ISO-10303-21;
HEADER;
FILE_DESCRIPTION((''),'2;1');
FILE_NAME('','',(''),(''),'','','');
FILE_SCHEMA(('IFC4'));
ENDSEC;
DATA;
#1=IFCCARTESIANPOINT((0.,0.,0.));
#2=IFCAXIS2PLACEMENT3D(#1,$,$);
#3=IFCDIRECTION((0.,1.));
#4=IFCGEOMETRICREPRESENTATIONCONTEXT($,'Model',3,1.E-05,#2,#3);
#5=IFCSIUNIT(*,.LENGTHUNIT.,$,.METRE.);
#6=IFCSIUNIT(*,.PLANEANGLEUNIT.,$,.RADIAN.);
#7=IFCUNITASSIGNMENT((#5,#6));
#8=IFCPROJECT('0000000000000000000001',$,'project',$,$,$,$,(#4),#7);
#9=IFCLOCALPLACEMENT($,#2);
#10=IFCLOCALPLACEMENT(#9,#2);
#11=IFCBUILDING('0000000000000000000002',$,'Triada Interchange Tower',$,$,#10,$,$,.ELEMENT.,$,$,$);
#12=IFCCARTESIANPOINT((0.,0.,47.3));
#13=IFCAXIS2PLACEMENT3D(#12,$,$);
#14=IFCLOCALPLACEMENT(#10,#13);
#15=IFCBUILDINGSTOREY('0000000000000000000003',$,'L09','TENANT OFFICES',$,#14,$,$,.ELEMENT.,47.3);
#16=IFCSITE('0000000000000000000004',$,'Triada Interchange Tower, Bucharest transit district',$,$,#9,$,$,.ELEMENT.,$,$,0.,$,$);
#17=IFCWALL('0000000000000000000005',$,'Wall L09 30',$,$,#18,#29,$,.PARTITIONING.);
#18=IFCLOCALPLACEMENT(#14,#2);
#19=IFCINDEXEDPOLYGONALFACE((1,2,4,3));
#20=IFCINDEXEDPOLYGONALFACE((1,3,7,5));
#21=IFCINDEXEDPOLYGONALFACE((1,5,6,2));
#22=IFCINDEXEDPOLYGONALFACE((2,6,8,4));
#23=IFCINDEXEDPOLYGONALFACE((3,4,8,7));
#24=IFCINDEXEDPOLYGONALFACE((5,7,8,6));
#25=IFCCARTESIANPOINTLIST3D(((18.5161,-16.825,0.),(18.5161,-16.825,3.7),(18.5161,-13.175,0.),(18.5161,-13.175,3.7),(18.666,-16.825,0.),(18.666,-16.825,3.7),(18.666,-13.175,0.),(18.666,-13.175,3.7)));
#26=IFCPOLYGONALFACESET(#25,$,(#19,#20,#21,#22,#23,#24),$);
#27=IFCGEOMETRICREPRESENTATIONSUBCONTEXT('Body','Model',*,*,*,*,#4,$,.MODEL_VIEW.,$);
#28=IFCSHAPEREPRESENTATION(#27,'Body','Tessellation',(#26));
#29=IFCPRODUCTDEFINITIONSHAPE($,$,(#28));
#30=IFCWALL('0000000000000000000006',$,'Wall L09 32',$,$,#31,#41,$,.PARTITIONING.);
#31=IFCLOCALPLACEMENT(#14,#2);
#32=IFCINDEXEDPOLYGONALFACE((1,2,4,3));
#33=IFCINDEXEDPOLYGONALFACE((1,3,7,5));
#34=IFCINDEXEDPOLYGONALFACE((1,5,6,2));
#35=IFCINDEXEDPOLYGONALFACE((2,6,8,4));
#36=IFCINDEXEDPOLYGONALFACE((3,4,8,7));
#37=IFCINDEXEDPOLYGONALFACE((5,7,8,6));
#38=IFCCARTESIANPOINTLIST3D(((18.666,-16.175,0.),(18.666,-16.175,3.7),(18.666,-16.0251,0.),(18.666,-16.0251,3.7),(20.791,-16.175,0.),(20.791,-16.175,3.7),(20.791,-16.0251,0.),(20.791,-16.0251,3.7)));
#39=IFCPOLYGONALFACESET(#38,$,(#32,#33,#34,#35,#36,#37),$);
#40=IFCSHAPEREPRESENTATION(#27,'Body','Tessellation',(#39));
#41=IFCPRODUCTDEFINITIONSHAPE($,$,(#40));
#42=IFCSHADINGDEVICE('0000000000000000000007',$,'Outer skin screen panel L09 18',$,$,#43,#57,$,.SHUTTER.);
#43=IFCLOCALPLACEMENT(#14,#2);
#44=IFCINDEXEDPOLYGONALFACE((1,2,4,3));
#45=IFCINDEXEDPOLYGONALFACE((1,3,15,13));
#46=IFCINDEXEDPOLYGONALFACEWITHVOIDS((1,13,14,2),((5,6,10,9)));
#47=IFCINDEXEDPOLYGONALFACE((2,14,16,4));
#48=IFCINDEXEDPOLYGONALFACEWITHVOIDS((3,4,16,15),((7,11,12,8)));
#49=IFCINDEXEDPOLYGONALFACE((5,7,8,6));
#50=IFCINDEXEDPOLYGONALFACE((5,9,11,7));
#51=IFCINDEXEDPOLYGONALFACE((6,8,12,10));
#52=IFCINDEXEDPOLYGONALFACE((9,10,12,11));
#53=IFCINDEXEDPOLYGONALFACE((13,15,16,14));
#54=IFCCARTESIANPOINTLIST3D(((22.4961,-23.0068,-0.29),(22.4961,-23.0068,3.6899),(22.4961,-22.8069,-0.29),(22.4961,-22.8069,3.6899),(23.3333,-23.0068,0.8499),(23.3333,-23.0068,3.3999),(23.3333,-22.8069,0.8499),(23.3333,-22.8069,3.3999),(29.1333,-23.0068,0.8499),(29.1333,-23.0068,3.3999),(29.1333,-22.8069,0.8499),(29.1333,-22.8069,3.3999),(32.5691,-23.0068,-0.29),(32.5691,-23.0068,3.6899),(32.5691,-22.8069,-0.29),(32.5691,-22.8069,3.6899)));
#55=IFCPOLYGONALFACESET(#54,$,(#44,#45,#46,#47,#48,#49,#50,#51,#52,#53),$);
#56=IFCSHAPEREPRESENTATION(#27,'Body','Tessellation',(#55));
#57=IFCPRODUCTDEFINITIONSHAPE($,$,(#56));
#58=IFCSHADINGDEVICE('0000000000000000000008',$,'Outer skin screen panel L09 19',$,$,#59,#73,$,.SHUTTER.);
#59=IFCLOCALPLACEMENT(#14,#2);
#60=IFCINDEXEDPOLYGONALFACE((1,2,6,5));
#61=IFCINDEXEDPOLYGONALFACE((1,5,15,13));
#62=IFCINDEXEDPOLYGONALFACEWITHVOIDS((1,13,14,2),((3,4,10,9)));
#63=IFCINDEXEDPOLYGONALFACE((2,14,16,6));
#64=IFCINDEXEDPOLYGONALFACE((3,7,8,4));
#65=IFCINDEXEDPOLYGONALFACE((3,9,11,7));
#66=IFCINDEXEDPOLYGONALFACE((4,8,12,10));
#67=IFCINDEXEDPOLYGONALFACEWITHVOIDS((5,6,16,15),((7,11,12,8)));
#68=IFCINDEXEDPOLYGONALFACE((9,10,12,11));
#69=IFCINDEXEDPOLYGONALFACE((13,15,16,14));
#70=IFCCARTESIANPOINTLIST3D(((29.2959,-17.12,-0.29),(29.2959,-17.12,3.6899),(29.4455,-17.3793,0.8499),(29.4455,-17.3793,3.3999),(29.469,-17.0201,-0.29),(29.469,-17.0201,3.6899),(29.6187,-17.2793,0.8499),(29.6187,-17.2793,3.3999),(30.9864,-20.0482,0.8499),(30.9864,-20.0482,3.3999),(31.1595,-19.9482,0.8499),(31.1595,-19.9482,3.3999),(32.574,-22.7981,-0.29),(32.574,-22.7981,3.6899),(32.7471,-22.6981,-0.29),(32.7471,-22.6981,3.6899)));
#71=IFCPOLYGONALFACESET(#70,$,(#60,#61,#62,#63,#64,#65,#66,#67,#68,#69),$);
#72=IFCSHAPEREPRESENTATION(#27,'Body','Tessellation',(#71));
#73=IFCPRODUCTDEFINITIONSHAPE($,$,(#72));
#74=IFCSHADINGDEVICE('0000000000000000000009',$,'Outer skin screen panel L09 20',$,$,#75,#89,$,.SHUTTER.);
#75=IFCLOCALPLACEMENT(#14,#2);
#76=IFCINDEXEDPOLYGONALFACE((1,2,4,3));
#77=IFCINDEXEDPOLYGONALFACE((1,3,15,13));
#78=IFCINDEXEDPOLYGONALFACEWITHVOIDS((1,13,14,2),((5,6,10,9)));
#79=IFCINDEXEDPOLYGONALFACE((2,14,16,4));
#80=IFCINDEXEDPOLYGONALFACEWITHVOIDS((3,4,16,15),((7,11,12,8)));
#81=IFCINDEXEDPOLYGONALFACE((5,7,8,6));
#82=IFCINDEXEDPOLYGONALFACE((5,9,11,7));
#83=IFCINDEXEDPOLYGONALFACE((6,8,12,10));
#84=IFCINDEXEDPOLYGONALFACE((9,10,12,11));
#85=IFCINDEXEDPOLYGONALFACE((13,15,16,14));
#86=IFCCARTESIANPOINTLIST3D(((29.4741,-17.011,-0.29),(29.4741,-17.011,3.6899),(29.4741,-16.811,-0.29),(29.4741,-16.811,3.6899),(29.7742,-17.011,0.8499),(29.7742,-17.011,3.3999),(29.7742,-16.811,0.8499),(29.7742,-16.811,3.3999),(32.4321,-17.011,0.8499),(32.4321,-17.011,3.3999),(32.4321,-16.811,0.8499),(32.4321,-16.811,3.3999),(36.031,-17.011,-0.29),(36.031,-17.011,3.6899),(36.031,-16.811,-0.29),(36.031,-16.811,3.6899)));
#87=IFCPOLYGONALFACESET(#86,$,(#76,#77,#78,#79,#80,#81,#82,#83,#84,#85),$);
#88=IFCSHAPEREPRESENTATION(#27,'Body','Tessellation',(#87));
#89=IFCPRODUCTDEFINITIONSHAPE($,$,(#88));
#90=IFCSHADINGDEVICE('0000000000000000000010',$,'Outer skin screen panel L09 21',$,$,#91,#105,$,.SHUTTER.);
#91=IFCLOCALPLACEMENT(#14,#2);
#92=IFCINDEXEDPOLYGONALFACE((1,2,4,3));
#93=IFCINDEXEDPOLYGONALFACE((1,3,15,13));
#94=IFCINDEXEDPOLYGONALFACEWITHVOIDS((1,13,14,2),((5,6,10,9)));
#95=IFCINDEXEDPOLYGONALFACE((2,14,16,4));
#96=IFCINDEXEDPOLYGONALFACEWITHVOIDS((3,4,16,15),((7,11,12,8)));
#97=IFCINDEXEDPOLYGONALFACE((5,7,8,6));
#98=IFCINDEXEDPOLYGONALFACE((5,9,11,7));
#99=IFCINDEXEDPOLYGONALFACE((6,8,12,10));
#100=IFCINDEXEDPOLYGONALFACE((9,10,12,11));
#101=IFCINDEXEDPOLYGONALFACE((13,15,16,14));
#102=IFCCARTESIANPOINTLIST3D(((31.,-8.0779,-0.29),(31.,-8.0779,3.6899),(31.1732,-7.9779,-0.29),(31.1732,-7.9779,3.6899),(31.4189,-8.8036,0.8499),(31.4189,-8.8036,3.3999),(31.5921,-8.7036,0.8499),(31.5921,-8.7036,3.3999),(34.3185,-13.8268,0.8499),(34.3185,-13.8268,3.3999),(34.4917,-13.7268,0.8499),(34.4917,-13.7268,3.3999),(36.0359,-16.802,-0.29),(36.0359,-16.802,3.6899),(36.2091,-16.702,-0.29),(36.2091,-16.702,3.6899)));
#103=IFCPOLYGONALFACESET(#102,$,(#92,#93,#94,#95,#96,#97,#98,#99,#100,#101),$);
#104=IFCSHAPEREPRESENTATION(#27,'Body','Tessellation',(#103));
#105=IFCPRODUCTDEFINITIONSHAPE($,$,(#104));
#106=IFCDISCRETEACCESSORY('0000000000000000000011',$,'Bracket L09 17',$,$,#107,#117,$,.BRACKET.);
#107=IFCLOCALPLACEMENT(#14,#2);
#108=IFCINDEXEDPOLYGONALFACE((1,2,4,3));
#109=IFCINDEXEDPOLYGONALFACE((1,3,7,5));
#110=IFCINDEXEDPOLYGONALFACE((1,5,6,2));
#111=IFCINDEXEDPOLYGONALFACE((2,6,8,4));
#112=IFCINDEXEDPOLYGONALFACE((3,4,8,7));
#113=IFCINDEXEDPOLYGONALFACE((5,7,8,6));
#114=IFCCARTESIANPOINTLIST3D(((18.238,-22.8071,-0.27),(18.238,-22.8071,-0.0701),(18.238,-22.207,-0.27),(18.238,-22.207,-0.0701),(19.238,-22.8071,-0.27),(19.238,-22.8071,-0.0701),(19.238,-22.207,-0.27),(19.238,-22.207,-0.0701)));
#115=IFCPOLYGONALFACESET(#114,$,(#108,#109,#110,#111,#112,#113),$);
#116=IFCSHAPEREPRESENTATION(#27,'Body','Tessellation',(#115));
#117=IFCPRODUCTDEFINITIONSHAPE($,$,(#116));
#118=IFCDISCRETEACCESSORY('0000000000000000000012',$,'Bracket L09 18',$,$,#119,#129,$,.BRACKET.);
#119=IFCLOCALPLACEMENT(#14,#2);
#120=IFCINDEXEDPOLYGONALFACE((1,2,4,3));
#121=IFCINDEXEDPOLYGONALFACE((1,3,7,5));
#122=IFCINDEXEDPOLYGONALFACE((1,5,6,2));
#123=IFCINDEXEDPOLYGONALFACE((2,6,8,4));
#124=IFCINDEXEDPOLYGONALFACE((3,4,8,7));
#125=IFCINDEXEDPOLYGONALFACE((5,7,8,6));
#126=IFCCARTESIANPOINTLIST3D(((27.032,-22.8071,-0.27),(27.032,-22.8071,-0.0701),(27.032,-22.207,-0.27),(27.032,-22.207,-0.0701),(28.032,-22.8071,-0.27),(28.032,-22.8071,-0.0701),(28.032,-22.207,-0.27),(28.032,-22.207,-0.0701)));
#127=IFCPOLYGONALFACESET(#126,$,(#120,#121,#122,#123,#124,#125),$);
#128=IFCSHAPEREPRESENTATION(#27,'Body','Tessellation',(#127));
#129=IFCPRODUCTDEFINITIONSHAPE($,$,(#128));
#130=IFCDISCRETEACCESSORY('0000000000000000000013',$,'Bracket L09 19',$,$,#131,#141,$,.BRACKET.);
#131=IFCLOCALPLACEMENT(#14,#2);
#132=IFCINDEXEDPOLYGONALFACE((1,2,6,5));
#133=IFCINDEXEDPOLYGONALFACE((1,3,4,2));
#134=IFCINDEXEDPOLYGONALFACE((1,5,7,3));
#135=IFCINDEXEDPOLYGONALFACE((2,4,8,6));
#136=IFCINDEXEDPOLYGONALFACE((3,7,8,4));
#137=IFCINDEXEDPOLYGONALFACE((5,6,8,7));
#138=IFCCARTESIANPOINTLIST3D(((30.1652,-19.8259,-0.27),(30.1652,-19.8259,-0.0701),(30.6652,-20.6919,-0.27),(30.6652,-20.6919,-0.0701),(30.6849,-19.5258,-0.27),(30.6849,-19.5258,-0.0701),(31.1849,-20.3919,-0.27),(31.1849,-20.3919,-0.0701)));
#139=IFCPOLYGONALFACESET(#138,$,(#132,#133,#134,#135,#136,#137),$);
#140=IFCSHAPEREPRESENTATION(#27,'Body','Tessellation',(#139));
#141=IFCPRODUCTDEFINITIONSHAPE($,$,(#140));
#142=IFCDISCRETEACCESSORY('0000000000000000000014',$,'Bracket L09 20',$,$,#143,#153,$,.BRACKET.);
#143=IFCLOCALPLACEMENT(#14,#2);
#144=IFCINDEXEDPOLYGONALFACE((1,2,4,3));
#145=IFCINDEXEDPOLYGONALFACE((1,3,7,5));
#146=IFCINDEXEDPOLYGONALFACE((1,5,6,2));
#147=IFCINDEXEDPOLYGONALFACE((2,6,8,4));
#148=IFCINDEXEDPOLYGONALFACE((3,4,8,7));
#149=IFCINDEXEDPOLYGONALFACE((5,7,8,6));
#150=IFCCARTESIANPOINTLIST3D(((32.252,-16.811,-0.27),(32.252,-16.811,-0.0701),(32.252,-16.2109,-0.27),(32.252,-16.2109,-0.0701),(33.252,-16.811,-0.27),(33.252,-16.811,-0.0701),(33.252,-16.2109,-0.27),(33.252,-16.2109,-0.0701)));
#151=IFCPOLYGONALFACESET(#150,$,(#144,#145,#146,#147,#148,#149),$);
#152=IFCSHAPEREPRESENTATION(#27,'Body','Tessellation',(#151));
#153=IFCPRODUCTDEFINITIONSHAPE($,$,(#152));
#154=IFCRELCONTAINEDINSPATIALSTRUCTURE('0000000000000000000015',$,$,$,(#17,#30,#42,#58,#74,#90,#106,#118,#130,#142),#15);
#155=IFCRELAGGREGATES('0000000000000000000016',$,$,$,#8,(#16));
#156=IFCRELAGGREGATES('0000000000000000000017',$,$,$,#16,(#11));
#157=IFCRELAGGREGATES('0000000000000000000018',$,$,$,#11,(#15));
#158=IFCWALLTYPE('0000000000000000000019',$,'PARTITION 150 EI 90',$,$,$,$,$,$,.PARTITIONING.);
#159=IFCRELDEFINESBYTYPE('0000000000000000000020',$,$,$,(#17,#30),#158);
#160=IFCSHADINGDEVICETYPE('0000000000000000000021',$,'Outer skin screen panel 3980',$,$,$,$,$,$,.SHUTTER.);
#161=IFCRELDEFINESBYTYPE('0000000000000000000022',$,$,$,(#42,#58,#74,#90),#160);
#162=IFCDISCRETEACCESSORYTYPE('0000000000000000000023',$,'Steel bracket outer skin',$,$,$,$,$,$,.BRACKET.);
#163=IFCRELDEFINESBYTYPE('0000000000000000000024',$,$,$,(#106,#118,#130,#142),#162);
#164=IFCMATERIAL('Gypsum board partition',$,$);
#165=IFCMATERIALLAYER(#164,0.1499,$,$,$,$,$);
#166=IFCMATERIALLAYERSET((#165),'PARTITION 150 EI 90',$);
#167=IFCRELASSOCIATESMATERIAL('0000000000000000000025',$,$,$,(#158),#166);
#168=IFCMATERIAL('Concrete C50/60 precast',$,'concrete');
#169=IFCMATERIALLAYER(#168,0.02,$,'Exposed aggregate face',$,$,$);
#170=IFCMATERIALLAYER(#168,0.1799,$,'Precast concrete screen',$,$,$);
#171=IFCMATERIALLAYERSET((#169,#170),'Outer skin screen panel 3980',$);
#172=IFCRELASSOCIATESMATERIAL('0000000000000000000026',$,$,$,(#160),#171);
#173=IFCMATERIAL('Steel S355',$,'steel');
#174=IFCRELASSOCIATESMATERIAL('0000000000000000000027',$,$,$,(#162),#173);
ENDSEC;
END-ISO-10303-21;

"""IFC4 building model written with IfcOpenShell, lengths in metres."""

from ifc_helpers import new_model, si_unit, direction, frame, frame_2d, origin, origin_2d, place, context, subcontext, project, spatial, polyline, rectangle, outline, extrude, material, layer, layer_set, type_object, element, save


model = new_model("IFC4")

# Units and contexts
model_context = context("Model", 3, precision=1e-05, world=origin(), true_north=direction((0.0, 1.0)))
body_context = subcontext(model_context, "Body", "Model", "MODEL_VIEW")
ifc_project = project(units=[si_unit("LENGTHUNIT", "METRE"), si_unit("PLANEANGLEUNIT", "RADIAN")], contexts=[model_context])

# Site, building, storey
site_placement = place(None, origin())
site = spatial("IfcSite", under=ifc_project, at=site_placement, Name="Triada Interchange Tower, Bucharest transit district", CompositionType="ELEMENT", RefElevation=0.0)
building_placement = place(site_placement, origin())
building = spatial("IfcBuilding", under=site, at=building_placement, Name="Triada Interchange Tower", CompositionType="ELEMENT")
storey_placement = place(building_placement, frame((0.0, 0.0, 47.3)))
storey = spatial("IfcBuildingStorey", under=building, at=storey_placement, Name="L09", Description="TENANT OFFICES", CompositionType="ELEMENT", Elevation=47.3)

# Walls
ifc_material_1 = material(Name="Gypsum board partition")
ifc_layer_1 = layer(ifc_material_1, 0.1499)
ifc_layer_set_1 = layer_set([ifc_layer_1], Name="PARTITION 150 EI 90")
wall_type_1 = type_object("IfcWallType", Name="PARTITION 150 EI 90", PredefinedType="PARTITIONING", material=ifc_layer_set_1)
wall_1_placement = place(storey_placement, frame((18.5911, -16.825, 0.0), z_axis=(0.0, 0.0, 1.0), x_axis=(0.0, 1.0, 0.0)))
element("IfcWall", 1, at=wall_1_placement, inside=storey, type_object=wall_type_1, Name="Wall L09 30", PredefinedType="PARTITIONING", context=body_context, shape_type="SweptSolid", body=[
    extrude(rectangle(XDim=3.6499, YDim=0.1499, at=frame_2d((1.825, 0.0))), origin(), (0.0, 0.0, 1.0), 3.7),
])
wall_2_placement = place(storey_placement, frame((18.666, -16.1001, 0.0), z_axis=(0.0, 0.0, 1.0), x_axis=(1.0, 0.0, 0.0)))
element("IfcWall", 2, at=wall_2_placement, inside=storey, type_object=wall_type_1, Name="Wall L09 32", PredefinedType="PARTITIONING", context=body_context, shape_type="SweptSolid", body=[
    extrude(rectangle(XDim=2.125, YDim=0.1499, at=frame_2d((1.0625, 0.0))), origin(), (0.0, 0.0, 1.0), 3.7),
])

# Shading devices
ifc_material_2 = material(Name="Concrete C50/60 precast", Category="concrete")
ifc_layer_2 = layer(ifc_material_2, 0.02, Name="Exposed aggregate face")
ifc_layer_3 = layer(ifc_material_2, 0.1799, Name="Precast concrete screen")
ifc_layer_set_2 = layer_set([ifc_layer_2, ifc_layer_3], Name="Outer skin screen panel 3980")
shading_device_type = type_object("IfcShadingDeviceType", Name="Outer skin screen panel 3980", PredefinedType="SHUTTER", material=ifc_layer_set_2)
shading_device_1_placement = place(storey_placement, frame((22.4961, -22.8069, -0.29), z_axis=(0.0, 0.0, 1.0), x_axis=(1.0, 0.0, 0.0)))
element("IfcShadingDevice", 3, at=shading_device_1_placement, inside=storey, type_object=shading_device_type, Name="Outer skin screen panel L09 18", PredefinedType="SHUTTER", context=body_context, shape_type="SweptSolid", body=[
    extrude(outline(polyline([(0.0, 0.0), (10.073, 0.0), (10.073, 3.98), (0.0, 3.98), (0.0, 0.0)]), holes=[polyline([(0.8372, 1.1399), (0.8372, 3.6899), (6.6372, 3.6899), (6.6372, 1.1399), (0.8372, 1.1399)])]), frame((0.0, 0.0, 0.0), z_axis=(0.0, -1.0, 0.0), x_axis=(1.0, 0.0, 0.0)), (0.0, 0.0, 1.0), 0.2),
])
shading_device_2_placement = place(storey_placement, frame((32.574, -22.7981, -0.29), z_axis=(0.0, 0.0, 1.0), x_axis=(-0.499988, 0.866032, 0.0)))
element("IfcShadingDevice", 4, at=shading_device_2_placement, inside=storey, type_object=shading_device_type, Name="Outer skin screen panel L09 19", PredefinedType="SHUTTER", context=body_context, shape_type="SweptSolid", body=[
    extrude(outline(polyline([(0.0, 0.0), (6.5564, 0.0), (6.5564, 3.98), (0.0, 3.98), (0.0, 0.0)]), holes=[polyline([(3.1753, 1.1399), (3.1753, 3.6899), (6.2571, 3.6899), (6.2571, 1.1399), (3.1753, 1.1399)])]), frame((0.0, 0.0, 0.0), z_axis=(0.0, -1.0, 0.0), x_axis=(1.0, 0.0, 0.0)), (0.0, 0.0, 1.0), 0.2),
])
shading_device_3_placement = place(storey_placement, frame((29.4741, -16.811, -0.29), z_axis=(0.0, 0.0, 1.0), x_axis=(1.0, 0.0, 0.0)))
element("IfcShadingDevice", 5, at=shading_device_3_placement, inside=storey, type_object=shading_device_type, Name="Outer skin screen panel L09 20", PredefinedType="SHUTTER", context=body_context, shape_type="SweptSolid", body=[
    extrude(outline(polyline([(0.0, 0.0), (6.5569, 0.0), (6.5569, 3.98), (0.0, 3.98), (0.0, 0.0)]), holes=[polyline([(0.3, 1.1399), (0.3, 3.6899), (2.958, 3.6899), (2.958, 1.1399), (0.3, 1.1399)])]), frame((0.0, 0.0, 0.0), z_axis=(0.0, -1.0, 0.0), x_axis=(1.0, 0.0, 0.0)), (0.0, 0.0, 1.0), 0.2),
])
shading_device_4_placement = place(storey_placement, frame((36.0359, -16.802, -0.29), z_axis=(0.0, 0.0, 1.0), x_axis=(-0.499927, 0.866068, 0.0)))
element("IfcShadingDevice", 6, at=shading_device_4_placement, inside=storey, type_object=shading_device_type, Name="Outer skin screen panel L09 21", PredefinedType="SHUTTER", context=body_context, shape_type="SweptSolid", body=[
    extrude(outline(polyline([(0.0, 0.0), (10.0732, 0.0), (10.0732, 3.98), (0.0, 3.98), (0.0, 0.0)]), holes=[polyline([(3.4353, 1.1399), (3.4353, 3.6899), (9.2354, 3.6899), (9.2354, 1.1399), (3.4353, 1.1399)])]), frame((0.0, 0.0, 0.0), z_axis=(0.0, -1.0, 0.0), x_axis=(1.0, 0.0, 0.0)), (0.0, 0.0, 1.0), 0.2),
])

# Discrete accessories
ifc_material_3 = material(Name="Steel S355", Category="steel")
discrete_accessory_type = type_object("IfcDiscreteAccessoryType", Name="Steel bracket outer skin", PredefinedType="BRACKET", material=ifc_material_3)
for number, where, z_axis, x_axis, name in (
    (7, (18.738, -22.5071, -0.27), (0.0, 0.0, 1.0), (0.0, -1.0, 0.0), "Bracket L09 17"),
    (8, (27.532, -22.5071, -0.27), (0.0, 0.0, 1.0), (0.0, -1.0, 0.0), "Bracket L09 18"),
    (9, (30.675, -20.1089, -0.27), (0.0, 0.0, 1.0), (0.866012, 0.500023, 0.0), "Bracket L09 19"),
    (10, (32.752, -16.511, -0.27), (0.0, 0.0, 1.0), (0.0, -1.0, 0.0), "Bracket L09 20"),
):
    element("IfcDiscreteAccessory", number, at=place(storey_placement, frame(where, z_axis=z_axis, x_axis=x_axis)), inside=storey, type_object=discrete_accessory_type, Name=name, PredefinedType="BRACKET", context=body_context, shape_type="SweptSolid", body=[
        extrude(rectangle(XDim=0.6001, YDim=1.0, at=origin_2d()), origin(), (0.0, 0.0, 1.0), 0.2),
    ])

save(model, "model.ifc")
